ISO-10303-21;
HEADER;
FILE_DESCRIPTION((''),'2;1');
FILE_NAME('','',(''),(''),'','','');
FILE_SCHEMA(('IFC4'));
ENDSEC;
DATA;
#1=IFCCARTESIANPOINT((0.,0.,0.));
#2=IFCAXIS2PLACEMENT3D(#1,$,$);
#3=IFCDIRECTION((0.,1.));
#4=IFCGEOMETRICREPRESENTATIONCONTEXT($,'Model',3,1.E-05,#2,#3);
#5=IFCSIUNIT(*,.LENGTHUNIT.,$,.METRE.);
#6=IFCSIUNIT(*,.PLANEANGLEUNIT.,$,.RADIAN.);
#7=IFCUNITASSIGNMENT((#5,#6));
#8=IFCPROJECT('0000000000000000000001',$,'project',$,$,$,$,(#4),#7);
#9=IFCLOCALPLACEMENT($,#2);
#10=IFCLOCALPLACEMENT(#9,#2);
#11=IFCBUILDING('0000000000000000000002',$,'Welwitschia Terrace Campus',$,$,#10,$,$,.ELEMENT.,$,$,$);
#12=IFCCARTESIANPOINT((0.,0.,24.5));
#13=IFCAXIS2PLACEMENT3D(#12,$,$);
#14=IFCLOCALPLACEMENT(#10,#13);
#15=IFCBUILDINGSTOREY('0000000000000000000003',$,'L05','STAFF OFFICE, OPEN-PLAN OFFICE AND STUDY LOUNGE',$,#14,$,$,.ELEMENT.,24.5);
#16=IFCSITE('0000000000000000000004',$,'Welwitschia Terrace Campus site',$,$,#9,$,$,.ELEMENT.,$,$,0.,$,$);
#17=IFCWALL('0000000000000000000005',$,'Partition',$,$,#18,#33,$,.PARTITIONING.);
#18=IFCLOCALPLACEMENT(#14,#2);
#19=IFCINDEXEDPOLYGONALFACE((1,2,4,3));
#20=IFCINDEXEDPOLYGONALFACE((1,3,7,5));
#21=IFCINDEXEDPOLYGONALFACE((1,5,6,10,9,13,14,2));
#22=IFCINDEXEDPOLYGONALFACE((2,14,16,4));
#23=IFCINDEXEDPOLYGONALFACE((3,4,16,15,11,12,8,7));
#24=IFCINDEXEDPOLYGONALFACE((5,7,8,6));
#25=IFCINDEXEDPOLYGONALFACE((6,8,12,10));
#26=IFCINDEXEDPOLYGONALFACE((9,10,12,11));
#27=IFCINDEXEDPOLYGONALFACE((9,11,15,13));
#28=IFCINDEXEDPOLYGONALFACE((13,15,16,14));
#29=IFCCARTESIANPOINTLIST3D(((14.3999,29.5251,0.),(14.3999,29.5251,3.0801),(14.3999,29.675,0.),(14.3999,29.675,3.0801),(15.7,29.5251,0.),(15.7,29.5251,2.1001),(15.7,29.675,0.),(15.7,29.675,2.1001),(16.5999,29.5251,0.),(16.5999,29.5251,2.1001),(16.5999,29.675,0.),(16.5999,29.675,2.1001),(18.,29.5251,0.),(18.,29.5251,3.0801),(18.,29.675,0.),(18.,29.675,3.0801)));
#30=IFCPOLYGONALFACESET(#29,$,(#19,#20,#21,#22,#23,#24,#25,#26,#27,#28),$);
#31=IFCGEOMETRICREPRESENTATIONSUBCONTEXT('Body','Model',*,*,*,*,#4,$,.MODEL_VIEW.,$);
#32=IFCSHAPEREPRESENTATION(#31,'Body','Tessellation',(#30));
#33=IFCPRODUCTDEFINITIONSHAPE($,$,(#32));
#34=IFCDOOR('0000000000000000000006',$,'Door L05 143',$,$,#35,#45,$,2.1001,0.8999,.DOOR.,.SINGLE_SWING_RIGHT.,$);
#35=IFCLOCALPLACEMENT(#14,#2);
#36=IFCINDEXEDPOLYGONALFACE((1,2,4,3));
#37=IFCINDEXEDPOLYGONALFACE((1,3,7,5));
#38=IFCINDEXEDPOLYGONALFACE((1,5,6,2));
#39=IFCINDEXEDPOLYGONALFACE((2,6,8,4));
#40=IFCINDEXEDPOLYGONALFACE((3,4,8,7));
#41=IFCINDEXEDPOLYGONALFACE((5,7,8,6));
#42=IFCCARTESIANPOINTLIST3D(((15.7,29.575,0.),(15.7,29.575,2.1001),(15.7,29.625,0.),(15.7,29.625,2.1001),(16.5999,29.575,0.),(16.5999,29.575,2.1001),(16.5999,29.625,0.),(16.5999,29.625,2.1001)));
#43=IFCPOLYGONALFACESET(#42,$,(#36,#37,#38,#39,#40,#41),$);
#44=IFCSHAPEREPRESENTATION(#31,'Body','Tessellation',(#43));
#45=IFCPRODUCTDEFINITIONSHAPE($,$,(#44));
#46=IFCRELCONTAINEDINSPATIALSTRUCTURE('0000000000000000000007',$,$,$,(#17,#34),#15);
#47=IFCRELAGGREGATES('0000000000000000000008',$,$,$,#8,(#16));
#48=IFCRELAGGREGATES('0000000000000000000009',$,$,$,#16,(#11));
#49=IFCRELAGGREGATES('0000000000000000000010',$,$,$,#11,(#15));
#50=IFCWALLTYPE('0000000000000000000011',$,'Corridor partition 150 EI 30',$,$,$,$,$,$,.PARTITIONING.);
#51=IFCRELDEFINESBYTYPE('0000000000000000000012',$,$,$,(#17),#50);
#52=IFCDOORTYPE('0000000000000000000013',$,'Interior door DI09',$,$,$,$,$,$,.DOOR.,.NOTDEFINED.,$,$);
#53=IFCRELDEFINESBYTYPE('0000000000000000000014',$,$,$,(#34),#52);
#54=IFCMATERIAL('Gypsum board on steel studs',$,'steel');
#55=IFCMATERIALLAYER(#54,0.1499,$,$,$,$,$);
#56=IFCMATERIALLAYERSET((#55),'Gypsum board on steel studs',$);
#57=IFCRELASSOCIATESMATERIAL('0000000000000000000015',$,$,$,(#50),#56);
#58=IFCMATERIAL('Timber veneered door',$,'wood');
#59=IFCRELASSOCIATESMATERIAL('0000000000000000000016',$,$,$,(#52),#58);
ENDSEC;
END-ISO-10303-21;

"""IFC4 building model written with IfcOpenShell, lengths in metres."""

from ifc_helpers import new_model, si_unit, direction, frame, frame_2d, origin, place, context, subcontext, project, spatial, rectangle, extrude, material, layer, layer_set, type_object, element, fill, save


model = new_model("IFC4")

# Units and contexts
model_context = context("Model", 3, precision=1e-05, world=origin(), true_north=direction((0.0, 1.0)))
body_context = subcontext(model_context, "Body", "Model", "MODEL_VIEW")
ifc_project = project(units=[si_unit("LENGTHUNIT", "METRE"), si_unit("PLANEANGLEUNIT", "RADIAN")], contexts=[model_context])

# Site, building, storey
site_placement = place(None, origin())
site = spatial("IfcSite", under=ifc_project, at=site_placement, Name="Welwitschia Terrace Campus site", CompositionType="ELEMENT", RefElevation=0.0)
building_placement = place(site_placement, origin())
building = spatial("IfcBuilding", under=site, at=building_placement, Name="Welwitschia Terrace Campus", CompositionType="ELEMENT")
storey_placement = place(building_placement, frame((0.0, 0.0, 24.5)))
storey = spatial("IfcBuildingStorey", under=building, at=storey_placement, Name="L05", Description="STAFF OFFICE, OPEN-PLAN OFFICE AND STUDY LOUNGE", CompositionType="ELEMENT", Elevation=24.5)

# Shared definitions
ifc_material_1 = material(Name="Gypsum board on steel studs", Category="steel")
ifc_layer_1 = layer(ifc_material_1, 0.1499)
ifc_layer_set_1 = layer_set([ifc_layer_1], Name="Gypsum board on steel studs")
wall_type = type_object("IfcWallType", Name="Corridor partition 150 EI 30", PredefinedType="PARTITIONING", material=ifc_layer_set_1)

# Wall, opening, door
wall_1_placement = place(storey_placement, frame((14.3999, 29.6001, 0.0), z_axis=(0.0, 0.0, 1.0), x_axis=(1.0, 0.0, 0.0)))
wall_1 = element("IfcWall", 1, at=wall_1_placement, inside=storey, type_object=wall_type, Name="Partition", PredefinedType="PARTITIONING", context=body_context, shape_type="SweptSolid", body=[
    extrude(rectangle(XDim=3.6001, YDim=0.1499, at=frame_2d((1.8, 0.0))), origin(), (0.0, 0.0, 1.0), 3.0801),
])
opening_1_placement = place(wall_1_placement, frame((1.3, 0.0, 0.0)))
opening_1 = element("IfcOpeningElement", 2, at=opening_1_placement, cuts=wall_1, PredefinedType="OPENING", context=body_context, shape_type="SweptSolid", body=[
    extrude(rectangle(XDim=0.8999, YDim=2.1001, at=frame_2d((0.45, 1.05))), frame((0.0, 0.085, 0.0), z_axis=(0.0, -1.0, 0.0), x_axis=(1.0, 0.0, 0.0)), (0.0, 0.0, 1.0), 0.1699),
])
ifc_material_2 = material(Name="Timber veneered door", Category="wood")
door_type_1 = type_object("IfcDoorType", Name="Interior door DI09", OperationType="NOTDEFINED", PredefinedType="DOOR", material=ifc_material_2)
door_1_placement = place(opening_1_placement, origin())
door_1 = element("IfcDoor", 3, at=door_1_placement, inside=storey, type_object=door_type_1, Name="Door L05 143", OperationType="SINGLE_SWING_RIGHT", OverallHeight=2.1001, OverallWidth=0.8999, PredefinedType="DOOR", context=body_context, shape_type="SweptSolid", body=[
    extrude(rectangle(XDim=0.8999, YDim=2.1001, at=frame_2d((0.45, 1.05))), frame((0.0, 0.0249, 0.0), z_axis=(0.0, -1.0, 0.0), x_axis=(1.0, 0.0, 0.0)), (0.0, 0.0, 1.0), 0.05),
])
fill(opening_1, door_1)

save(model, "model.ifc")
